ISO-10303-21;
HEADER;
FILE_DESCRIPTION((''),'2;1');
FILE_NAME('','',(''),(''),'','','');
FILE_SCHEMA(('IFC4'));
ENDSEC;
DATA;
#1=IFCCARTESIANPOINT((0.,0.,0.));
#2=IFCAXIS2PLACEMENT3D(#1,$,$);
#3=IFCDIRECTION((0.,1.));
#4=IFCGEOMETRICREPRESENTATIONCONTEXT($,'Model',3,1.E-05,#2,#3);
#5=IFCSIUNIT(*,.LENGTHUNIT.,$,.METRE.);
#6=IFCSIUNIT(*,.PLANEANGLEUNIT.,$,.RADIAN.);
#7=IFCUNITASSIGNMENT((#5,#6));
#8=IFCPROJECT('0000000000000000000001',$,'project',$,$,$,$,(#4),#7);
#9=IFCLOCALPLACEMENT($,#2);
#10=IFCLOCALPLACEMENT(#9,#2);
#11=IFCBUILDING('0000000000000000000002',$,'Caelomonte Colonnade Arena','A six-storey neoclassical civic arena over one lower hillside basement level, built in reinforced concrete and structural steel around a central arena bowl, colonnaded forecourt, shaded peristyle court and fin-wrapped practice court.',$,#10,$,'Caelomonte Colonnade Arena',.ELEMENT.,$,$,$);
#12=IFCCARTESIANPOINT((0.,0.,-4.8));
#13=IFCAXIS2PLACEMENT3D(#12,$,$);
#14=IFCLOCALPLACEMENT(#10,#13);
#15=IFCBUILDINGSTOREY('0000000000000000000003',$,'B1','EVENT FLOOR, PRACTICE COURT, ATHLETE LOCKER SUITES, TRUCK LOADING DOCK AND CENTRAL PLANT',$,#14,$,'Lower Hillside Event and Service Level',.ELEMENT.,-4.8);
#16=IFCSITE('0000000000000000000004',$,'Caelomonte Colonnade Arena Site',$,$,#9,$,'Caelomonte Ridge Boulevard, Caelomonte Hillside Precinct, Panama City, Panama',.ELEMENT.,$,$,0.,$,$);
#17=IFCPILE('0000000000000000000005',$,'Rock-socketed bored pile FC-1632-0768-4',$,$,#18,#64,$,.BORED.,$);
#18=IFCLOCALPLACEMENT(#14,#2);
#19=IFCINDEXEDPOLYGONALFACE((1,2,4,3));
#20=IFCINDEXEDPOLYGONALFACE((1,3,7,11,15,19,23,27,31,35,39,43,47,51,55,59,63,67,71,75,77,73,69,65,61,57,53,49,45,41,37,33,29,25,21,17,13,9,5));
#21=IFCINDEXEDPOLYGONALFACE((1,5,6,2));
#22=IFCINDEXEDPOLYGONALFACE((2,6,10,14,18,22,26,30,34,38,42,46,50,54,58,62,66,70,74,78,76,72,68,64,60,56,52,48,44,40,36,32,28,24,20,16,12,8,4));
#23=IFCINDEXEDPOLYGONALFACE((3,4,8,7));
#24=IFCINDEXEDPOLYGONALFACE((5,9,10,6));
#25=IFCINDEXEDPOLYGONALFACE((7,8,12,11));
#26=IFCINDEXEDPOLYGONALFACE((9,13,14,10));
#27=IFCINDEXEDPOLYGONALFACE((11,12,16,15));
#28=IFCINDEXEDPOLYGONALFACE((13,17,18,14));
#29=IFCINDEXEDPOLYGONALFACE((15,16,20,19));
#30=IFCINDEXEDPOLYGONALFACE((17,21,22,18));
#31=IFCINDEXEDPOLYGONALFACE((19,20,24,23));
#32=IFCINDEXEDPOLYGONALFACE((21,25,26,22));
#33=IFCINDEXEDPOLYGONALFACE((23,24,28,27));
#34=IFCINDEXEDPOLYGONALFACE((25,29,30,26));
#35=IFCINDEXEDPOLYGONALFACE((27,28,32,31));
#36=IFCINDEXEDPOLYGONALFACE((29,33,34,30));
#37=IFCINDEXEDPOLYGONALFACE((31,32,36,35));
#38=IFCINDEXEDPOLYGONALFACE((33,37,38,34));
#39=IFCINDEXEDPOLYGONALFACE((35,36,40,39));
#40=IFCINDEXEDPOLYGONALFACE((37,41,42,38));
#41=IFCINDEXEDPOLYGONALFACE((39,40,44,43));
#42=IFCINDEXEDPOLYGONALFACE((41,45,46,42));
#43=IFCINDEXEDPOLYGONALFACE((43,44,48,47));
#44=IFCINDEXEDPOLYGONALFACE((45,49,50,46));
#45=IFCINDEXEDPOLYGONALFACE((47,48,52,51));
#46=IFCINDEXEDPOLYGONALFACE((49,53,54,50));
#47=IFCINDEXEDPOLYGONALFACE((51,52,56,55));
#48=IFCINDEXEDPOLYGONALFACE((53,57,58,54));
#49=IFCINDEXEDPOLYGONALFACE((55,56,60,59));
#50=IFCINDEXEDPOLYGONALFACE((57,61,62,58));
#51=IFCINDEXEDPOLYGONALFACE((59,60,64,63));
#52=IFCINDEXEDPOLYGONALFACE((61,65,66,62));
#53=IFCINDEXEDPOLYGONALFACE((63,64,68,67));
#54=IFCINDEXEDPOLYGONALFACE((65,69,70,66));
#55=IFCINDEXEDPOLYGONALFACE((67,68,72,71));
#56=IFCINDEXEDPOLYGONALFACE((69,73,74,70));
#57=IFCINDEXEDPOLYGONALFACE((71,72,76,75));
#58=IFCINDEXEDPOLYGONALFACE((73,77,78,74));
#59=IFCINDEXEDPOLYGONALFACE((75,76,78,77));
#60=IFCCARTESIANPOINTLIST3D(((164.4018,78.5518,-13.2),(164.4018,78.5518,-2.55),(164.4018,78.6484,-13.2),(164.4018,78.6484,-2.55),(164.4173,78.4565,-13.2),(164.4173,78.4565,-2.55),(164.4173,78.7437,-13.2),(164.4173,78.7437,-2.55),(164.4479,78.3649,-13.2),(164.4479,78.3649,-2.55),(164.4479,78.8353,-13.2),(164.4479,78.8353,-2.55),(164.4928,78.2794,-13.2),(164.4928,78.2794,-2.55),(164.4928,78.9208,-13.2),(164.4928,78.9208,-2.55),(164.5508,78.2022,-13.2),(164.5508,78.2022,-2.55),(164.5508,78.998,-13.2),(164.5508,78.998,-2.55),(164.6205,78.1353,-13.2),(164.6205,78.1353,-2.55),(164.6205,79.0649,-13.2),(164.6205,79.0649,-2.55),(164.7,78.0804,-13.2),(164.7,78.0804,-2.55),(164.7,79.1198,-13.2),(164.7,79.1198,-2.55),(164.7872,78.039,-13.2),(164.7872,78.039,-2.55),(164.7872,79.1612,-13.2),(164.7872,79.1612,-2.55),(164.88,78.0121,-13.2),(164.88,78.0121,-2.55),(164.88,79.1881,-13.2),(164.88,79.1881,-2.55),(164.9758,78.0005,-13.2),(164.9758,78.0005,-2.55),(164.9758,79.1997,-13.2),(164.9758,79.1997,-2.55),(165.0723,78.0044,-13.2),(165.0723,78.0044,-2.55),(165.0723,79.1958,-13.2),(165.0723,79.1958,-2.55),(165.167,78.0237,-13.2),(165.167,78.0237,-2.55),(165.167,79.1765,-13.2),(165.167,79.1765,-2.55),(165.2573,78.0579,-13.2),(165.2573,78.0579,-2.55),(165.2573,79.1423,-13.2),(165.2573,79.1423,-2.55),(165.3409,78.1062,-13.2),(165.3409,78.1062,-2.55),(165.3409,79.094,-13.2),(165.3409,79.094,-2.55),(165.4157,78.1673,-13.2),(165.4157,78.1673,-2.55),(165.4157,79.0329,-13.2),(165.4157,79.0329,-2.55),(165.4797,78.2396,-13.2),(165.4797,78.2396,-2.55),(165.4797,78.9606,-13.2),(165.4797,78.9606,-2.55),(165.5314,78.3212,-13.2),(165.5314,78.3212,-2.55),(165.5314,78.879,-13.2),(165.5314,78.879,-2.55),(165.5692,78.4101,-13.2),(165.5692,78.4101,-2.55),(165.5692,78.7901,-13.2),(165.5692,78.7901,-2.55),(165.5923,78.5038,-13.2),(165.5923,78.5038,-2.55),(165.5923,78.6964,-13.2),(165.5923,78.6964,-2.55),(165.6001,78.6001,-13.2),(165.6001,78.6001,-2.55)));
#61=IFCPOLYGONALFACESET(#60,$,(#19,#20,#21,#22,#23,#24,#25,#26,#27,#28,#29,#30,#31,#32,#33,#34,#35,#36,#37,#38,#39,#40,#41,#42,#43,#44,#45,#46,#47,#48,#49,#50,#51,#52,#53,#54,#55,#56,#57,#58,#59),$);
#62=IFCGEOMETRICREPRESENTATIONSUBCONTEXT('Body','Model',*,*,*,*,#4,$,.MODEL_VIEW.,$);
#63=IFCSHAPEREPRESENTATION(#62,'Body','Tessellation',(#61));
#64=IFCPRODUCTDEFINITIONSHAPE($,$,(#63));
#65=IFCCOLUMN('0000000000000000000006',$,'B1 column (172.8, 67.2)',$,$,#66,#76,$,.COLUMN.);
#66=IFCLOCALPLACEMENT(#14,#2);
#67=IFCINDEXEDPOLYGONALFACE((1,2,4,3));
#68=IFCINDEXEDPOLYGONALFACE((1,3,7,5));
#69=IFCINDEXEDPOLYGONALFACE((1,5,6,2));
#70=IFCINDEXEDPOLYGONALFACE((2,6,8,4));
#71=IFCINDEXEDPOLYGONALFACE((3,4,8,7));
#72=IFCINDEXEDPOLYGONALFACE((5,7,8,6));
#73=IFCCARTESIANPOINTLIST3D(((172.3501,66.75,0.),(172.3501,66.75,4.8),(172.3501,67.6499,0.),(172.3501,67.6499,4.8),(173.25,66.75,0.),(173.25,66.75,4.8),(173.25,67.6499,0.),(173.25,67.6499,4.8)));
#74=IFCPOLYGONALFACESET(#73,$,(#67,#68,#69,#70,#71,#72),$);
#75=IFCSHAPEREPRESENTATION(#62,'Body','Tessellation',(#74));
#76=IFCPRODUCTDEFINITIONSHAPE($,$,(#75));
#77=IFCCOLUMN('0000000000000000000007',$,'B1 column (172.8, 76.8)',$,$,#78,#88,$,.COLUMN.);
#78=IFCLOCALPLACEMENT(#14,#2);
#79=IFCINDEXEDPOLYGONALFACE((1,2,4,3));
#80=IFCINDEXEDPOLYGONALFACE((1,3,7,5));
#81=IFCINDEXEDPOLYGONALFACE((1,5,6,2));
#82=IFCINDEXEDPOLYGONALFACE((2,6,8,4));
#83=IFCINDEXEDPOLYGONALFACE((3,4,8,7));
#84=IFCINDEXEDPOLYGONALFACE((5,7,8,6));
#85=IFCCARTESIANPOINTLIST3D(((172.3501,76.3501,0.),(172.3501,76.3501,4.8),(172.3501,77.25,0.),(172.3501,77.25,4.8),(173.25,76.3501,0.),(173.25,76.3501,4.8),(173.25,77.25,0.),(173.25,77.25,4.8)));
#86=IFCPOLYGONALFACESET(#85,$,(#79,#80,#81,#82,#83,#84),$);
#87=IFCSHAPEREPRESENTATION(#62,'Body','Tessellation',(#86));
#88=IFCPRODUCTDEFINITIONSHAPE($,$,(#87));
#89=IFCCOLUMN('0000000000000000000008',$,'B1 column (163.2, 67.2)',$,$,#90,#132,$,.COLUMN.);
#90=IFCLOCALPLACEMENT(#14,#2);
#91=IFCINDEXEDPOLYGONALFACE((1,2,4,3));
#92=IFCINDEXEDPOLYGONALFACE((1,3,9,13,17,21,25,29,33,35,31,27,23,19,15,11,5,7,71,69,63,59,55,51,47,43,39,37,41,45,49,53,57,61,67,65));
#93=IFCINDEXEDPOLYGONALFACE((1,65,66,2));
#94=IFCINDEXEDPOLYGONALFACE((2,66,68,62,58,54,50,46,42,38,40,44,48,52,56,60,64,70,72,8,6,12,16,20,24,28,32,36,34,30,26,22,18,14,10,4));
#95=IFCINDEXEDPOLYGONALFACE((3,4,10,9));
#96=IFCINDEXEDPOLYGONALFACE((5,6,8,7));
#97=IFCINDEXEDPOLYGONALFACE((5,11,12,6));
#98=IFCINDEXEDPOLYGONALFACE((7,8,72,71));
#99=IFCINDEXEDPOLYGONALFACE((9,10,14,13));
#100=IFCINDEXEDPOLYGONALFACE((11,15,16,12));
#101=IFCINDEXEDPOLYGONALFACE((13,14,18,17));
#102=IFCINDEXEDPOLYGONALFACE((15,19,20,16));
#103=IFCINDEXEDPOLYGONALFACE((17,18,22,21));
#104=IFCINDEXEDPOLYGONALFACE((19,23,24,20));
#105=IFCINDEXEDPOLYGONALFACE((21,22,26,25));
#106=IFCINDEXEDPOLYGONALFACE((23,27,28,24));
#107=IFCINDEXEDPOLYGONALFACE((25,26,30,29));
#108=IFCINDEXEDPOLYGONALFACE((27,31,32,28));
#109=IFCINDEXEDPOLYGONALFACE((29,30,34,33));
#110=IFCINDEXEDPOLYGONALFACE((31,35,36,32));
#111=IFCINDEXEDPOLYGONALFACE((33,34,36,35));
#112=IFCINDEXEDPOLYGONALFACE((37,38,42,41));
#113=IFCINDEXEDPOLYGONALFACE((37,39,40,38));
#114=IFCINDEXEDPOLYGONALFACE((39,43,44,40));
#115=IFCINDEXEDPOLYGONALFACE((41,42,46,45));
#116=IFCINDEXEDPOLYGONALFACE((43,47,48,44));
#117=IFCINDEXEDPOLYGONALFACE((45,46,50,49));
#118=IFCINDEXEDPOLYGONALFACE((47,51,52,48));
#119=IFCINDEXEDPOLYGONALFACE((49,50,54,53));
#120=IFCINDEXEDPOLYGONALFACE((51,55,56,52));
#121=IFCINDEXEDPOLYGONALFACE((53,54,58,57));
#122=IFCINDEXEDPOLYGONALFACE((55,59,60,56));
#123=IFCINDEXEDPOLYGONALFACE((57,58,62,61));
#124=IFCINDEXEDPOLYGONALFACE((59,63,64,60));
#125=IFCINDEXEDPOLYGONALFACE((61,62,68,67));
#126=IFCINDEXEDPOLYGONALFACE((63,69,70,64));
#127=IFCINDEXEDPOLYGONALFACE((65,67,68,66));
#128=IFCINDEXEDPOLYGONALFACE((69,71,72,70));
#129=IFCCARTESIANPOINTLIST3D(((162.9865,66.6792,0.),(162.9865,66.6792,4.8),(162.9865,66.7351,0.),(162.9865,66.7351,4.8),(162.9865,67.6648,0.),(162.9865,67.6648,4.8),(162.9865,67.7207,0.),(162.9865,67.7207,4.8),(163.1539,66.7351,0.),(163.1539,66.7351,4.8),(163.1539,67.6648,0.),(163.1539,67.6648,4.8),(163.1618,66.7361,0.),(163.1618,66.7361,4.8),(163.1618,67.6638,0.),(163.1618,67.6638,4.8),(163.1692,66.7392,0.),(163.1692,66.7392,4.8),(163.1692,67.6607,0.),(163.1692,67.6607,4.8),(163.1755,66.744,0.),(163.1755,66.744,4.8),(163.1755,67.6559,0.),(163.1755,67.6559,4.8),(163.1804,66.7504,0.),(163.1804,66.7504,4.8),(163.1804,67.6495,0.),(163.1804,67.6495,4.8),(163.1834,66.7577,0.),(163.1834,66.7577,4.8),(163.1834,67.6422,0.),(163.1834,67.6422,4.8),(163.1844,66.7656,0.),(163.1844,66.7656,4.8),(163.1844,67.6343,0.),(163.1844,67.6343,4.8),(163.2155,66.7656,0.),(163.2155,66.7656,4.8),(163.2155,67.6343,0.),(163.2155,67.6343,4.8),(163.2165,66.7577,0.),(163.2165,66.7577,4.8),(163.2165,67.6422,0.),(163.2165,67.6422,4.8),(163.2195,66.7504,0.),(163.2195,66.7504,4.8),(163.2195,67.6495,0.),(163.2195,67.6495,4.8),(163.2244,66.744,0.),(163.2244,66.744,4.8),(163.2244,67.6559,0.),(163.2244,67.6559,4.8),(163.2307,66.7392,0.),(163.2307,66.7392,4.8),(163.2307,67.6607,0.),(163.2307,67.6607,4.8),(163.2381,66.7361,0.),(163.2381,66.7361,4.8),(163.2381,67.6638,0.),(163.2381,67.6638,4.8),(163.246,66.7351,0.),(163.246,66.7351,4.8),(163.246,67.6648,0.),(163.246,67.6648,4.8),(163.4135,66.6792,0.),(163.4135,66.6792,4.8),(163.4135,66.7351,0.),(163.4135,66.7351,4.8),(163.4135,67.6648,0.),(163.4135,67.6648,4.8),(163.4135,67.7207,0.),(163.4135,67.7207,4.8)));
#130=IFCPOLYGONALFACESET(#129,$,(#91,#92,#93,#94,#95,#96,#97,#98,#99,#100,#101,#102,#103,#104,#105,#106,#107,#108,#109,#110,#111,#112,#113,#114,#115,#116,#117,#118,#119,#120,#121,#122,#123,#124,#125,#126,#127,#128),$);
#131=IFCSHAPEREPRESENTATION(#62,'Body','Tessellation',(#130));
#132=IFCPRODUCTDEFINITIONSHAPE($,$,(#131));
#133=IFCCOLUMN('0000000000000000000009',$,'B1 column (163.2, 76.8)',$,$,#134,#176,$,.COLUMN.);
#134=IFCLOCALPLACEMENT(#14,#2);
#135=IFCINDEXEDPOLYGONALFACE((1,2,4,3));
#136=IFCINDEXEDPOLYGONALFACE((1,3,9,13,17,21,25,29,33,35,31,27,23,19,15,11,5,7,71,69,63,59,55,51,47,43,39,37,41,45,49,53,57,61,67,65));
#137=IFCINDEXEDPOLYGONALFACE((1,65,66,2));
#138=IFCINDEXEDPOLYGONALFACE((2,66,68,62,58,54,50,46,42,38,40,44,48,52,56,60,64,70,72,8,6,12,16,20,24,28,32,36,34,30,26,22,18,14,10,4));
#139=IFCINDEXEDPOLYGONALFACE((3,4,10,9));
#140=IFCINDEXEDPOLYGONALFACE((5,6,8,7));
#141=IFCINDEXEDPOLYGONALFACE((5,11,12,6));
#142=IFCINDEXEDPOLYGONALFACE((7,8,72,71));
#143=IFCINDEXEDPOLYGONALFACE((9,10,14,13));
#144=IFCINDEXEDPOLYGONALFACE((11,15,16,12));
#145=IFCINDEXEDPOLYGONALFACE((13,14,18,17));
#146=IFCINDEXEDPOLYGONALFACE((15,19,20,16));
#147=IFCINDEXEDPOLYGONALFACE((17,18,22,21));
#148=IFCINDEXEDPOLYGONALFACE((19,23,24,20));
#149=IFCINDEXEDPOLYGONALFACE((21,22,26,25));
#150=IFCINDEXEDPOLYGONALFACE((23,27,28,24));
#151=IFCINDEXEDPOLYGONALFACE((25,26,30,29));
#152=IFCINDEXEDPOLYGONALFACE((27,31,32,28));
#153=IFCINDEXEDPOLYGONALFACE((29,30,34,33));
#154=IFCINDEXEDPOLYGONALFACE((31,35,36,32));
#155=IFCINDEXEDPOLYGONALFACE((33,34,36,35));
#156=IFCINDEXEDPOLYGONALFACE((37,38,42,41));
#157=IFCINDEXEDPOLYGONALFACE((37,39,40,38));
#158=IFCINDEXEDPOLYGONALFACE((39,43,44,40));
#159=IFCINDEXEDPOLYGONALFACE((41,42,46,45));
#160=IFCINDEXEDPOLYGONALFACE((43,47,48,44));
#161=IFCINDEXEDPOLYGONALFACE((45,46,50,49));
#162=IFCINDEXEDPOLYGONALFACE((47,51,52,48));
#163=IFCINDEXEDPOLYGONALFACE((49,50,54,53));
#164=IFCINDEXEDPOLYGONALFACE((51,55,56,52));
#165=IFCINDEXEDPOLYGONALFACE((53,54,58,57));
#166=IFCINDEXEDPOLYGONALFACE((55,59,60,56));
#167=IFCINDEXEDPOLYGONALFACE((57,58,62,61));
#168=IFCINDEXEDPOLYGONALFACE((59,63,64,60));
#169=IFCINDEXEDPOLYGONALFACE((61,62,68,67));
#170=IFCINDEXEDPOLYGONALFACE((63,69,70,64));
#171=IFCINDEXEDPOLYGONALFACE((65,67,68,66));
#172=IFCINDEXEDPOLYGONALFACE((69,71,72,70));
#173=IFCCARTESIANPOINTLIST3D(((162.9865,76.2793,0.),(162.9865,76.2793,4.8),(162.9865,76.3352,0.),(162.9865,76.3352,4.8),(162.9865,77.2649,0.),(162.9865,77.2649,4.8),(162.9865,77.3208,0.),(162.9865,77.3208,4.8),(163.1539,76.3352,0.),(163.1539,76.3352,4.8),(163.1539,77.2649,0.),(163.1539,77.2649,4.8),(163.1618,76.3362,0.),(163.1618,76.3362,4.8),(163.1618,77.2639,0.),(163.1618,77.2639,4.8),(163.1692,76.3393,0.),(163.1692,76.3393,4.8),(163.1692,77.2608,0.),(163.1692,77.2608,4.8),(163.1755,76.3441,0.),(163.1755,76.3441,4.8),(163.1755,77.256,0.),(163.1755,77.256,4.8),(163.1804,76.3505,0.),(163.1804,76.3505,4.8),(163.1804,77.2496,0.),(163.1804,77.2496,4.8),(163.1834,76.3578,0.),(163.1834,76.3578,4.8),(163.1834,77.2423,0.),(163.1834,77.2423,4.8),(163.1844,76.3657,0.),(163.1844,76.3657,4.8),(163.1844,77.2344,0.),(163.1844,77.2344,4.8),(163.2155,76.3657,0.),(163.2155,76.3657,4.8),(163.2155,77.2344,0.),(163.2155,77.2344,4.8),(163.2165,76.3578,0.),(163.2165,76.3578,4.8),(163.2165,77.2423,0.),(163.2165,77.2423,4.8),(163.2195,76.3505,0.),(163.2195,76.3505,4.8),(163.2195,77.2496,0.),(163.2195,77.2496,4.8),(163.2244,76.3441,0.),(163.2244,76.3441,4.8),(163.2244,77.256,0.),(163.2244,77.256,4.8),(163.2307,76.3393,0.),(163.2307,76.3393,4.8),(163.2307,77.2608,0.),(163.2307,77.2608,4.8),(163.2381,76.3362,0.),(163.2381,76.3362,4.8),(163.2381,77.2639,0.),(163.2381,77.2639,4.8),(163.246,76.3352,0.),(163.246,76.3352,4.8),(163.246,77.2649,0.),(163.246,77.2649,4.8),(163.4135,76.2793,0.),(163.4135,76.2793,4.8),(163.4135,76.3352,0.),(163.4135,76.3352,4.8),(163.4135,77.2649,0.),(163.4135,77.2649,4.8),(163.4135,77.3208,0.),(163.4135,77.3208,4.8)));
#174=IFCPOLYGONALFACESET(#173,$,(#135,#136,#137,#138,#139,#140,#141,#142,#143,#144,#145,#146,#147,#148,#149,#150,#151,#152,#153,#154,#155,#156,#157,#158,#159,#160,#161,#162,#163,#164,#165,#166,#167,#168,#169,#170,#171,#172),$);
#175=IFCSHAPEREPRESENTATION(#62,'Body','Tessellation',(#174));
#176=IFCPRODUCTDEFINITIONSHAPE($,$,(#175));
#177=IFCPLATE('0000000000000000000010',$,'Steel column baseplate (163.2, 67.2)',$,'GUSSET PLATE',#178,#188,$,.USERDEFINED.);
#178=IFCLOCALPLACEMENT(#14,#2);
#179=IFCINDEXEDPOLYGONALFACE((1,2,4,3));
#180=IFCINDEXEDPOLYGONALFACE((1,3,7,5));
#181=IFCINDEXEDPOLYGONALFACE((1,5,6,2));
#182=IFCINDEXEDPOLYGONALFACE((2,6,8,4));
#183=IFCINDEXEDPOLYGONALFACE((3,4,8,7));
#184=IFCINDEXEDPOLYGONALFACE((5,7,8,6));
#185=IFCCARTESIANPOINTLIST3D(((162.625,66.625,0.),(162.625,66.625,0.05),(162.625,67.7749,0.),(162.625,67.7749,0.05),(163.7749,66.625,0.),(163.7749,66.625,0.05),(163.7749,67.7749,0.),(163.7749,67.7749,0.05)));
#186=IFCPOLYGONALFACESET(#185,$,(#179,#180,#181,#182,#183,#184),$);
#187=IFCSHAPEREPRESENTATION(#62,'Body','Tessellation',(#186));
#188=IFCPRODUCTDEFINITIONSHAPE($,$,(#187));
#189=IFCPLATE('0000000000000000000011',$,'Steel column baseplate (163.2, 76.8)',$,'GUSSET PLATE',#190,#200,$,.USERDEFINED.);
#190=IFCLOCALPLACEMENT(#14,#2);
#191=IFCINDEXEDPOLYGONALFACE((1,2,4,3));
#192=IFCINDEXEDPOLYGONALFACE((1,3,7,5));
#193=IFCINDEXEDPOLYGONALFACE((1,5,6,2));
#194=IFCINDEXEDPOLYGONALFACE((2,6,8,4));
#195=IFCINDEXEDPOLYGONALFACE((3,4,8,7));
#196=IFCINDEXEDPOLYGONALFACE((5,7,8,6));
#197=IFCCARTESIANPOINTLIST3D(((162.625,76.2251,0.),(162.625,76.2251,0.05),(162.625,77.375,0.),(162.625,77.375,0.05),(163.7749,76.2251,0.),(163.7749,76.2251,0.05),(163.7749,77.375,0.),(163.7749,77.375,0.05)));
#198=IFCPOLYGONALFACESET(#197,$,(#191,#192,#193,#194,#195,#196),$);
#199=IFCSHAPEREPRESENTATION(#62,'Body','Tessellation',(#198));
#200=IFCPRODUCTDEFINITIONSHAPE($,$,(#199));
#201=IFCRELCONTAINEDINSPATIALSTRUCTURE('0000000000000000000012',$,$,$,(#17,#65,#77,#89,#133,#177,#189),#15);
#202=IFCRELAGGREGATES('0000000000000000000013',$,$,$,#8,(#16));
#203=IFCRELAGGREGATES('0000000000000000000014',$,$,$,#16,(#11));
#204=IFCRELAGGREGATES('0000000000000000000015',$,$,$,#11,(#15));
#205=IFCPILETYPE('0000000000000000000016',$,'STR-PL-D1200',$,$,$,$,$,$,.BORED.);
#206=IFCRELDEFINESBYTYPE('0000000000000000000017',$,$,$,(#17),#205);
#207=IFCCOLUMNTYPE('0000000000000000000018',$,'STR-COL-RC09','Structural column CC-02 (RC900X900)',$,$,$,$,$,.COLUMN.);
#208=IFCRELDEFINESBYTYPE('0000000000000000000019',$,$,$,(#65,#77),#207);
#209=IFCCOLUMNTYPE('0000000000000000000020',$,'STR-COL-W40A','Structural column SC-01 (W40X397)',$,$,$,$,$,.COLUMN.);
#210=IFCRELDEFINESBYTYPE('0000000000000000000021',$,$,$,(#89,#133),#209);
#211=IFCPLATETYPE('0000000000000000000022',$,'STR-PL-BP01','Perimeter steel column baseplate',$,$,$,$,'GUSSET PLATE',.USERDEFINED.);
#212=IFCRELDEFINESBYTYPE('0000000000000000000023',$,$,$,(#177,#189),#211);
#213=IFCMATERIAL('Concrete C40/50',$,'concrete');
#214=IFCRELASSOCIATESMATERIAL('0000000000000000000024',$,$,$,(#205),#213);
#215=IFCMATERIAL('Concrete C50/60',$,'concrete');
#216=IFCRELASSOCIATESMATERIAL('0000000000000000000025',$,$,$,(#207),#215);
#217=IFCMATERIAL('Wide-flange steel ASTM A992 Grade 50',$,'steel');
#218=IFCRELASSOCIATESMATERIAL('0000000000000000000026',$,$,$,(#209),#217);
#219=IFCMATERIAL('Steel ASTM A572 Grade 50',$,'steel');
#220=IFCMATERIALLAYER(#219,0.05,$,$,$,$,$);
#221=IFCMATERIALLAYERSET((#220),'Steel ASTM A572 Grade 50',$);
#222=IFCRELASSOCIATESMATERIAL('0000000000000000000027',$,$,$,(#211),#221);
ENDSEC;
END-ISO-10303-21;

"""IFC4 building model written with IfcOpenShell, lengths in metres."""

from ifc_helpers import new_model, si_unit, direction, frame, origin, origin_2d, place, context, subcontext, project, spatial, rectangle, circle, i_section, extrude, material, layer, layer_set, material_profile, profile_set, type_object, element, save


model = new_model("IFC4")

# Units and contexts
model_context = context("Model", 3, precision=1e-05, world=origin(), true_north=direction((0.0, 1.0)))
body_context = subcontext(model_context, "Body", "Model", "MODEL_VIEW")
ifc_project = project(units=[si_unit("LENGTHUNIT", "METRE"), si_unit("PLANEANGLEUNIT", "RADIAN")], contexts=[model_context])

# Site, building, storey
site_placement = place(None, origin())
site = spatial("IfcSite", under=ifc_project, at=site_placement, Name="Caelomonte Colonnade Arena Site", LongName="Caelomonte Ridge Boulevard, Caelomonte Hillside Precinct, Panama City, Panama", CompositionType="ELEMENT", RefElevation=0.0)
building_placement = place(site_placement, origin())
building = spatial("IfcBuilding", under=site, at=building_placement, Name="Caelomonte Colonnade Arena", Description="A six-storey neoclassical civic arena over one lower hillside basement level, built in reinforced concrete and structural steel around a central arena bowl, colonnaded forecourt, shaded peristyle court and fin-wrapped practice court.", LongName="Caelomonte Colonnade Arena", CompositionType="ELEMENT")
storey_placement = place(building_placement, frame((0.0, 0.0, -4.8)))
storey = spatial("IfcBuildingStorey", under=building, at=storey_placement, Name="B1", Description="EVENT FLOOR, PRACTICE COURT, ATHLETE LOCKER SUITES, TRUCK LOADING DOCK AND CENTRAL PLANT", LongName="Lower Hillside Event and Service Level", CompositionType="ELEMENT", Elevation=-4.8)

# Shared definitions
ifc_material_1 = material(Name="Concrete C40/50", Category="concrete")

# Pile
ifc_material_profile_1 = material_profile(ifc_material_1, circle(Radius=0.6001, at=origin_2d()), Name="PILE-D1200")
ifc_profile_set_1 = profile_set([ifc_material_profile_1], Name="Concrete C40/50")
pile_type_1 = type_object("IfcPileType", Name="STR-PL-D1200", PredefinedType="BORED", material=ifc_profile_set_1)
for number, where, z_axis, x_axis, name in (
    (1, (165.0, 78.6001, -2.55), (0.0, 0.0, -1.0), (1.0, 0.0, 0.0), "Rock-socketed bored pile FC-1632-0768-4"),
):
    element("IfcPile", number, at=place(storey_placement, frame(where, z_axis=z_axis, x_axis=x_axis)), inside=storey, type_object=pile_type_1, Name=name, PredefinedType="BORED", context=body_context, shape_type="SweptSolid", body=[
        extrude(circle(Radius=0.6001, at=origin_2d()), origin(), (0.0, 0.0, 1.0), 10.6499),
    ])

# Columns
ifc_material_2 = material(Name="Concrete C50/60", Category="concrete")
ifc_material_profile_2 = material_profile(ifc_material_2, rectangle(XDim=0.8999, YDim=0.8999, at=origin_2d()), Name="RC900X900")
ifc_profile_set_2 = profile_set([ifc_material_profile_2], Name="Concrete C50/60")
column_type_1 = type_object("IfcColumnType", Name="STR-COL-RC09", Description="Structural column CC-02 (RC900X900)", PredefinedType="COLUMN", material=ifc_profile_set_2)
for number, where, z_axis, x_axis, name in (
    (2, (172.8, 67.2, 0.0), (0.0, 0.0, 1.0), (1.0, 0.0, 0.0), "B1 column (172.8, 67.2)"),
    (3, (172.8, 76.8, 0.0), (0.0, 0.0, 1.0), (1.0, 0.0, 0.0), "B1 column (172.8, 76.8)"),
):
    element("IfcColumn", number, at=place(storey_placement, frame(where, z_axis=z_axis, x_axis=x_axis)), inside=storey, type_object=column_type_1, Name=name, PredefinedType="COLUMN", context=body_context, shape_type="SweptSolid", body=[
        extrude(rectangle(XDim=0.8999, YDim=0.8999, at=origin_2d()), origin(), (0.0, 0.0, 1.0), 4.8),
    ])
ifc_material_3 = material(Name="Wide-flange steel ASTM A992 Grade 50", Category="steel")
ifc_material_profile_3 = material_profile(ifc_material_3, i_section(OverallWidth=0.427, OverallDepth=1.0415, WebThickness=0.031, FlangeThickness=0.0559, FilletRadius=0.0305, at=origin_2d()), Name="W40X397")
ifc_profile_set_3 = profile_set([ifc_material_profile_3], Name="Wide-flange steel ASTM A992 Grade 50")
column_type_2 = type_object("IfcColumnType", Name="STR-COL-W40A", Description="Structural column SC-01 (W40X397)", PredefinedType="COLUMN", material=ifc_profile_set_3)
for number, where, z_axis, x_axis, name in (
    (4, (163.2, 67.2, 0.0), (0.0, 0.0, 1.0), (1.0, 0.0, 0.0), "B1 column (163.2, 67.2)"),
    (5, (163.2, 76.8, 0.0), (0.0, 0.0, 1.0), (1.0, 0.0, 0.0), "B1 column (163.2, 76.8)"),
):
    element("IfcColumn", number, at=place(storey_placement, frame(where, z_axis=z_axis, x_axis=x_axis)), inside=storey, type_object=column_type_2, Name=name, PredefinedType="COLUMN", context=body_context, shape_type="SweptSolid", body=[
        extrude(i_section(OverallWidth=0.427, OverallDepth=1.0415, WebThickness=0.031, FlangeThickness=0.0559, FilletRadius=0.0305, at=origin_2d()), origin(), (0.0, 0.0, 1.0), 4.8),
    ])

# Plates
ifc_material_4 = material(Name="Steel ASTM A572 Grade 50", Category="steel")
ifc_layer_1 = layer(ifc_material_4, 0.05)
ifc_layer_set_1 = layer_set([ifc_layer_1], Name="Steel ASTM A572 Grade 50")
plate_type = type_object("IfcPlateType", Name="STR-PL-BP01", Description="Perimeter steel column baseplate", ElementType="GUSSET PLATE", PredefinedType="USERDEFINED", material=ifc_layer_set_1)
for number, where, z_axis, x_axis, name in (
    (6, (163.2, 67.2, 0.0), (0.0, 0.0, 1.0), (1.0, 0.0, 0.0), "Steel column baseplate (163.2, 67.2)"),
    (7, (163.2, 76.8, 0.0), (0.0, 0.0, 1.0), (1.0, 0.0, 0.0), "Steel column baseplate (163.2, 76.8)"),
):
    element("IfcPlate", number, at=place(storey_placement, frame(where, z_axis=z_axis, x_axis=x_axis)), inside=storey, type_object=plate_type, Name=name, ObjectType="GUSSET PLATE", PredefinedType="USERDEFINED", context=body_context, shape_type="SweptSolid", body=[
        extrude(rectangle(XDim=1.1499, YDim=1.1499, at=origin_2d()), origin(), (0.0, 0.0, 1.0), 0.05),
    ])

save(model, "model.ifc")
